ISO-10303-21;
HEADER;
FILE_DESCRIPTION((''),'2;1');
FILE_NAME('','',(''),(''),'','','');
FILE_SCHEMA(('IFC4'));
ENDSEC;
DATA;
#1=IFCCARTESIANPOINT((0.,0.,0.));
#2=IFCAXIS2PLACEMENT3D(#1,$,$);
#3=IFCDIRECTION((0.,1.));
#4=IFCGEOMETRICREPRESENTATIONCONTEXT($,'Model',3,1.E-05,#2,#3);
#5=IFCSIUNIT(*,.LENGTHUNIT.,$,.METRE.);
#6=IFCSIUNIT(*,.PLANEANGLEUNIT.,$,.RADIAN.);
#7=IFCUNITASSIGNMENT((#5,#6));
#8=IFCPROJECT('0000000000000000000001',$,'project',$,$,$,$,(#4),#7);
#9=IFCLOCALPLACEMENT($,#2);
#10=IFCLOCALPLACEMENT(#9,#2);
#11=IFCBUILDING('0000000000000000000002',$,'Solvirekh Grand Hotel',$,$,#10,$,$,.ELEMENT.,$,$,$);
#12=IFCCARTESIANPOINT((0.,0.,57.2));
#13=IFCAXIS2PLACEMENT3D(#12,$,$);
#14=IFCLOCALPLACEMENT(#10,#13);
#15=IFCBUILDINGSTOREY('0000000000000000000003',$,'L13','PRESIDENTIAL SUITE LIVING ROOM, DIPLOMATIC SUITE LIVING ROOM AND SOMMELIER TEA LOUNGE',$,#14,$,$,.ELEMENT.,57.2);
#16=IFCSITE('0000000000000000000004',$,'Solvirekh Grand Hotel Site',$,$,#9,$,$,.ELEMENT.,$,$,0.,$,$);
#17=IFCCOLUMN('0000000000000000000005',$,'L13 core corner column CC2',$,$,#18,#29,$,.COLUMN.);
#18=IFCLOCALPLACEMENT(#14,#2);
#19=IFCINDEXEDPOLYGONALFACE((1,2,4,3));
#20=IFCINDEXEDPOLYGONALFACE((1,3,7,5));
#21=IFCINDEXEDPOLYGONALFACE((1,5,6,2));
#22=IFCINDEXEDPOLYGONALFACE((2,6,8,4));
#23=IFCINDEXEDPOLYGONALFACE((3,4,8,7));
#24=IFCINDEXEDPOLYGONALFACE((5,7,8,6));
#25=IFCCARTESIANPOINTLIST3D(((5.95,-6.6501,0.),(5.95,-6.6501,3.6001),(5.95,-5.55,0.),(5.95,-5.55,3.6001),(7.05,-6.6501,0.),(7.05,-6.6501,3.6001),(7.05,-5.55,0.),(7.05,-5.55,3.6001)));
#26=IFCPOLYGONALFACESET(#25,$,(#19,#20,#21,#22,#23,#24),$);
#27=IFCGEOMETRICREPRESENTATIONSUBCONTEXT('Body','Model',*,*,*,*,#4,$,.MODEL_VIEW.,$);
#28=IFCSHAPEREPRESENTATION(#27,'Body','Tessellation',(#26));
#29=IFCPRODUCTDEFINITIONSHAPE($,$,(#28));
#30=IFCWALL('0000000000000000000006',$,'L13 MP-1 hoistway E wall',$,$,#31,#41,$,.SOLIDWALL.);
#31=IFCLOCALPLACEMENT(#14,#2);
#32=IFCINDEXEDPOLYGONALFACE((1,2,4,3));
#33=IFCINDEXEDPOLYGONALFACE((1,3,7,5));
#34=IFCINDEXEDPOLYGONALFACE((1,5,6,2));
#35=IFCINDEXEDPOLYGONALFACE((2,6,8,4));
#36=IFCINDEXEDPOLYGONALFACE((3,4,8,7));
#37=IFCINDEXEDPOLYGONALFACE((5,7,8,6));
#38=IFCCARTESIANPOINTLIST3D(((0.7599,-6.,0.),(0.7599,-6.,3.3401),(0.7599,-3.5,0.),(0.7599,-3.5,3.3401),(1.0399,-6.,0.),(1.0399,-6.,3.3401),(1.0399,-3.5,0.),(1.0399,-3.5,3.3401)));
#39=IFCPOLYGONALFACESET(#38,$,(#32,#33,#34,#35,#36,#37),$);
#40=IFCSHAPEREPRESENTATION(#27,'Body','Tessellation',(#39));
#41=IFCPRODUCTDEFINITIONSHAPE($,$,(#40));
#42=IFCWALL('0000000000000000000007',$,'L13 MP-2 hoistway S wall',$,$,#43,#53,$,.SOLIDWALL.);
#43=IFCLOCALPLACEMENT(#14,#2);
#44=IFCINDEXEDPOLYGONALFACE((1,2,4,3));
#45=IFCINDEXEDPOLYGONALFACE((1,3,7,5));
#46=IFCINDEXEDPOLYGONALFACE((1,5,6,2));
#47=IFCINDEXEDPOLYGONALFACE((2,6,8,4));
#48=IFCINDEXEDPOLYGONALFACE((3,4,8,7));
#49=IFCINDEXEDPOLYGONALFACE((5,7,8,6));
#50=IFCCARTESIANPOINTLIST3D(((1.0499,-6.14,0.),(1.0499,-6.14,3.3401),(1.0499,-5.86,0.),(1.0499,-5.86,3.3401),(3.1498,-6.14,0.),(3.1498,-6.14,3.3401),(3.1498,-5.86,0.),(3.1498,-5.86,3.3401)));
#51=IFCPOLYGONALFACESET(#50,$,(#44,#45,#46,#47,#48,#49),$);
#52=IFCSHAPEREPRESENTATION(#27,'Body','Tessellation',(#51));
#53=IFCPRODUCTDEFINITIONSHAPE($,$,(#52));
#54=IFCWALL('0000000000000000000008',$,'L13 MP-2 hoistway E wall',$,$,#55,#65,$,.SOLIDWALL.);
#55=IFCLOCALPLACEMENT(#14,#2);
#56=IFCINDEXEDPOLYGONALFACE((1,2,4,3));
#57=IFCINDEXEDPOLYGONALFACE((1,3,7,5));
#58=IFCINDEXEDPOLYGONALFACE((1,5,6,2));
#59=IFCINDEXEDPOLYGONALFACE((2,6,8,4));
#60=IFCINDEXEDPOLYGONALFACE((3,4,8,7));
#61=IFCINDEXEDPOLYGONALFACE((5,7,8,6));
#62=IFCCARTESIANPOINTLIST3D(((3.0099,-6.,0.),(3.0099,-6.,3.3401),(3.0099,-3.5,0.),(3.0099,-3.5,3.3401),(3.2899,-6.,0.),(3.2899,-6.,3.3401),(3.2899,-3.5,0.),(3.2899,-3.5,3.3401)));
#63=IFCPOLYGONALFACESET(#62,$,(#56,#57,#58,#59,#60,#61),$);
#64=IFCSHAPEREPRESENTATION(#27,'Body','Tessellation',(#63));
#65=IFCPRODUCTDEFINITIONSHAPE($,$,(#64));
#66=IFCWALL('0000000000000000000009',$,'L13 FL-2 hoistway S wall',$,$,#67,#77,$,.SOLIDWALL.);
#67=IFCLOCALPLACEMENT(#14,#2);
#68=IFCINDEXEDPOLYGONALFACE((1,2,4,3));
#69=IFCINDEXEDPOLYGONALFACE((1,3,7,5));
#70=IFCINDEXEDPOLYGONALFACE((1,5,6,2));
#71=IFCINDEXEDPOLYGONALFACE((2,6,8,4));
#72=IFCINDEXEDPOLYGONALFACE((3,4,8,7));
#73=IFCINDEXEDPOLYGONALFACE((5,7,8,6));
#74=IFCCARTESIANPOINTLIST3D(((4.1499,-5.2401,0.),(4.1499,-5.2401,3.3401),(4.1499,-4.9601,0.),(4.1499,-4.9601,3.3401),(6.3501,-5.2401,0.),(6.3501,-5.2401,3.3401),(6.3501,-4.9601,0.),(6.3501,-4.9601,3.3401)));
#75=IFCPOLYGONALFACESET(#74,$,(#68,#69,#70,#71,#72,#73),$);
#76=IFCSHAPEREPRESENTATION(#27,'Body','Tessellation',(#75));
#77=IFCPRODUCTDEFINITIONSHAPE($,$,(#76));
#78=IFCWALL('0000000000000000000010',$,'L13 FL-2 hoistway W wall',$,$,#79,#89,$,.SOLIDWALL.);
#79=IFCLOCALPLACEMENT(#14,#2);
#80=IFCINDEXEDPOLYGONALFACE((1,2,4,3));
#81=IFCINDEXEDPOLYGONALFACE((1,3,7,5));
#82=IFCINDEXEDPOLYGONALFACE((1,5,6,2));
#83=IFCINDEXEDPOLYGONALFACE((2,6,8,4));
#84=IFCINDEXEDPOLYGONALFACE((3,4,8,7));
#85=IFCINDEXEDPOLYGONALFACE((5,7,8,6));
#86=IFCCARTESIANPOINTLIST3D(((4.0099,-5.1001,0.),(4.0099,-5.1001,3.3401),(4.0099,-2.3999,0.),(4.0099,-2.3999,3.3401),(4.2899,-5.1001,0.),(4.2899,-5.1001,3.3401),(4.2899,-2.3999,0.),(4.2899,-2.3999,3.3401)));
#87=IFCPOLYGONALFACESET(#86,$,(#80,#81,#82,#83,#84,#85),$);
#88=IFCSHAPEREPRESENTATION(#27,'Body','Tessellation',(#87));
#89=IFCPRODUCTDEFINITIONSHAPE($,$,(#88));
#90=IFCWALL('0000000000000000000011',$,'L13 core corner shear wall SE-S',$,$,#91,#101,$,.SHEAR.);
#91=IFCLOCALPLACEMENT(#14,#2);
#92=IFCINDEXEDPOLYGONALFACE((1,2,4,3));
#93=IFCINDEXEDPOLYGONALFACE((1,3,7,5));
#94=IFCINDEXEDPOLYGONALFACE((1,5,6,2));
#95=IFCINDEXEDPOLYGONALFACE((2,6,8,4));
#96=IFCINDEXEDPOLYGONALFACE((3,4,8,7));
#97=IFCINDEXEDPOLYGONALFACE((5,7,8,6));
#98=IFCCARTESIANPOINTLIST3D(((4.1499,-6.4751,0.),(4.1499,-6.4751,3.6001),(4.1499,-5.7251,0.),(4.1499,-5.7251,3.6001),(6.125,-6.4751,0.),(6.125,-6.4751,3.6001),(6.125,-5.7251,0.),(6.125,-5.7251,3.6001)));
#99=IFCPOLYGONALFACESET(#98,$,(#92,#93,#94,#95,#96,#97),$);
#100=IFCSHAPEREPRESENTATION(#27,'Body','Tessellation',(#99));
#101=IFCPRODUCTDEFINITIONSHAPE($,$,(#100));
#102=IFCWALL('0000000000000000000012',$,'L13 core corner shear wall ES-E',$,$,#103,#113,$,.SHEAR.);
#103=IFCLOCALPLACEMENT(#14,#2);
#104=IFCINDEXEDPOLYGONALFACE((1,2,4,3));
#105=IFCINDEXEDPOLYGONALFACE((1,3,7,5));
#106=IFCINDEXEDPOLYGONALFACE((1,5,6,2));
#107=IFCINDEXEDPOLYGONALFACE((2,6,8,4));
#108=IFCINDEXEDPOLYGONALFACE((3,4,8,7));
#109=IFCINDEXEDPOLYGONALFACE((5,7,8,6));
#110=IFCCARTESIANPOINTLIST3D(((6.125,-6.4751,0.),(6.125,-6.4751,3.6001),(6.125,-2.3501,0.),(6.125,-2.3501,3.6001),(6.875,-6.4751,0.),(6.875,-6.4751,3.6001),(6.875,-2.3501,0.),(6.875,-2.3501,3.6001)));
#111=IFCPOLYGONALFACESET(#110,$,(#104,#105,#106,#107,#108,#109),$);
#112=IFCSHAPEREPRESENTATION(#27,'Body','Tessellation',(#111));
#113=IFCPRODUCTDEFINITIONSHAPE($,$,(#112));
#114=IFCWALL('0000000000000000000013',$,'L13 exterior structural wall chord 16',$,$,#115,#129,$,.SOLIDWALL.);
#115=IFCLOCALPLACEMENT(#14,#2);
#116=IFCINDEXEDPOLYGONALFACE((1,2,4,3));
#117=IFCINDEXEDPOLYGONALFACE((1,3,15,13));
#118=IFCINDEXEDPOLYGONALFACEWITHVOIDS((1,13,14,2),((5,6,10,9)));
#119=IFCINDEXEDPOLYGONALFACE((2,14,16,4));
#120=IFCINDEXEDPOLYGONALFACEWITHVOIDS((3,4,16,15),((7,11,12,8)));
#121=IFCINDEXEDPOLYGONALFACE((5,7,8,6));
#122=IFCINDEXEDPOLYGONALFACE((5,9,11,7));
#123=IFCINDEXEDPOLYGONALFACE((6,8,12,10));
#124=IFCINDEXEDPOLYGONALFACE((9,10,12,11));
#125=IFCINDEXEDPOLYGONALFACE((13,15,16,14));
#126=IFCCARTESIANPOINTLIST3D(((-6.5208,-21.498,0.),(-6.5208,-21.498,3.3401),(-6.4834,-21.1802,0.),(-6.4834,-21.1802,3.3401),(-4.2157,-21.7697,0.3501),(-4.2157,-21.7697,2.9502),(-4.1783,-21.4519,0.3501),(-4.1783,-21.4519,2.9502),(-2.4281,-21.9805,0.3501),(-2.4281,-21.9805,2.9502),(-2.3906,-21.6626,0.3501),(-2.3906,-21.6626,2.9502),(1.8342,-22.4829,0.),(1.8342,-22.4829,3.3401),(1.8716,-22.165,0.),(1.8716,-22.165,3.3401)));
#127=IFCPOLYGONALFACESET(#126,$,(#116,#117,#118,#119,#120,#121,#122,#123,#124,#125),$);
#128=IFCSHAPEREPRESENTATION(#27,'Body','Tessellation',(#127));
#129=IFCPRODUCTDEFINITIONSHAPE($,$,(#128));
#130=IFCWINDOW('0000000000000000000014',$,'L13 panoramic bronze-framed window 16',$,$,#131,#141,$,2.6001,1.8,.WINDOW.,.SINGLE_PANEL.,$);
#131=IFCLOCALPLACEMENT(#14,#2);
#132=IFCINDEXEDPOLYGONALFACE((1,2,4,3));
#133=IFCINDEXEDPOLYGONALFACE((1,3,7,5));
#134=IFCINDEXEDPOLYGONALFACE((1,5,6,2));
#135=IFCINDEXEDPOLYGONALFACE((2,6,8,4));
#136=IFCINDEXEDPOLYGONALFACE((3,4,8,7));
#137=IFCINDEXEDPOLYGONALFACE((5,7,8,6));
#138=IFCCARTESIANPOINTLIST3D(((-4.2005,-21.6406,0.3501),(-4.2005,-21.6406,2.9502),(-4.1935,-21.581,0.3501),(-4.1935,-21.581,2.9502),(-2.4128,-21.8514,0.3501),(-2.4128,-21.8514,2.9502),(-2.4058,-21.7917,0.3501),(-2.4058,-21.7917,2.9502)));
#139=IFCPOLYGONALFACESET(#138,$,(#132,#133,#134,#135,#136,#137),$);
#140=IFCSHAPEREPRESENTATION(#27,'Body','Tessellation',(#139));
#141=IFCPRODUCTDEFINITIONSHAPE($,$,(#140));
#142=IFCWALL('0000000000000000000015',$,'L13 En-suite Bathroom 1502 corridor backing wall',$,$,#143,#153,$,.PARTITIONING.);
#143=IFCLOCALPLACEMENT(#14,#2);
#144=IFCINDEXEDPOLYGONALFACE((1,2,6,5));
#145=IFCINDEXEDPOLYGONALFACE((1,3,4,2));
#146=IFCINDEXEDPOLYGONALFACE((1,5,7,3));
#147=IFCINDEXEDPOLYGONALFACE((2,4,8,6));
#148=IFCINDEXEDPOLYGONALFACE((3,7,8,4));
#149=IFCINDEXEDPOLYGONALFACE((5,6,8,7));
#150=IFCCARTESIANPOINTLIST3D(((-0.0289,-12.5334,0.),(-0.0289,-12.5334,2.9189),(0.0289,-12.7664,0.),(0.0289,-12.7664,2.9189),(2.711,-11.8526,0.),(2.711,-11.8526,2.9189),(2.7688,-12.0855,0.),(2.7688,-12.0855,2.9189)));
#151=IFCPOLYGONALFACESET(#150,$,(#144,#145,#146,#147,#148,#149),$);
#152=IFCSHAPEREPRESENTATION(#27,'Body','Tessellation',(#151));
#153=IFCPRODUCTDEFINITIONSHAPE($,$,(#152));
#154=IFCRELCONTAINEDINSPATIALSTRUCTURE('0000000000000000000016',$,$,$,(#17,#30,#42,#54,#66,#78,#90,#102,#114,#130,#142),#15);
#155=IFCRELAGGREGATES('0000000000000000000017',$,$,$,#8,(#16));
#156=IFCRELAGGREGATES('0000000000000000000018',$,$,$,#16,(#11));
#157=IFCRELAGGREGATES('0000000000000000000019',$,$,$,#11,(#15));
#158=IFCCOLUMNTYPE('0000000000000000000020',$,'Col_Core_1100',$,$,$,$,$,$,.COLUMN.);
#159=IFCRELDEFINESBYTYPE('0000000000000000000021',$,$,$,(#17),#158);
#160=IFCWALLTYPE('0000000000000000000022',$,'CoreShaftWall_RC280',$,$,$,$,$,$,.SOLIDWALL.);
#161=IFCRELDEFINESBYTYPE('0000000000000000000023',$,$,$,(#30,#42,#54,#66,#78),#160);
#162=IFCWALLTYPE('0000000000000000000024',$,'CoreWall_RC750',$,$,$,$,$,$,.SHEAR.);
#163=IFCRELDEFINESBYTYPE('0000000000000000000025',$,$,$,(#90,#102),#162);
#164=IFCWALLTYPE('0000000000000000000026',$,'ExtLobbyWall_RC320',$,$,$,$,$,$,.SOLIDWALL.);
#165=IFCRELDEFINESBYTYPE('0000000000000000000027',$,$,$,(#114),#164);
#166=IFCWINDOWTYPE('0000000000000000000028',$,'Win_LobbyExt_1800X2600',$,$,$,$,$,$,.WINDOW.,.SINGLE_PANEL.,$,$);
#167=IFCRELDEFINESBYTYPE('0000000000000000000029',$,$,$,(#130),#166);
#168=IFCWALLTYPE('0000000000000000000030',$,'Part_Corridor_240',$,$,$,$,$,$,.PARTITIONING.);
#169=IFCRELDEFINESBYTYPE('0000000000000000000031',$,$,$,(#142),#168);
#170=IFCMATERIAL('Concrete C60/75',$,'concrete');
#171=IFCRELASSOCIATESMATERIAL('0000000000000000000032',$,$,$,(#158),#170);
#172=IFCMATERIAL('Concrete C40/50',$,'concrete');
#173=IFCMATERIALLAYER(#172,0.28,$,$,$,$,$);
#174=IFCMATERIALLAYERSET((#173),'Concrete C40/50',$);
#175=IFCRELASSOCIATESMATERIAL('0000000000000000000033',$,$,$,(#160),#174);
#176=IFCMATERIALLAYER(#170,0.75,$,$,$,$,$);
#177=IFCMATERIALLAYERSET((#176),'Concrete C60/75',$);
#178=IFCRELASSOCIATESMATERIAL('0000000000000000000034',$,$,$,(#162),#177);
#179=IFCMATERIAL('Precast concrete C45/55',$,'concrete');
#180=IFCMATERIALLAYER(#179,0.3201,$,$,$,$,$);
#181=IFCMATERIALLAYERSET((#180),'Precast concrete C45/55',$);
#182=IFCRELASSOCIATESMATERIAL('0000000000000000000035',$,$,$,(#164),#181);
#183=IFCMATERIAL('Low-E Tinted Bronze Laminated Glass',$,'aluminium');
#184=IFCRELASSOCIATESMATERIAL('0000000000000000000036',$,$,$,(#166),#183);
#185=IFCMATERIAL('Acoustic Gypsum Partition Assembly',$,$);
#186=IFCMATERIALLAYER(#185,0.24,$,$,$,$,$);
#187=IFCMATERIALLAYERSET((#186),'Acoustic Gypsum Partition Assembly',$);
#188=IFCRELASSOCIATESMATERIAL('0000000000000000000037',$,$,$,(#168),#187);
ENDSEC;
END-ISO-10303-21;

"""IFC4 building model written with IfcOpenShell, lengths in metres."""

from ifc_helpers import new_model, si_unit, direction, frame, frame_2d, origin, origin_2d, place, context, subcontext, project, spatial, rectangle, extrude, material, layer, layer_set, material_profile, profile_set, type_object, element, fill, save


model = new_model("IFC4")

# Units and contexts
model_context = context("Model", 3, precision=1e-05, world=origin(), true_north=direction((0.0, 1.0)))
body_context = subcontext(model_context, "Body", "Model", "MODEL_VIEW")
ifc_project = project(units=[si_unit("LENGTHUNIT", "METRE"), si_unit("PLANEANGLEUNIT", "RADIAN")], contexts=[model_context])

# Site, building, storey
site_placement = place(None, origin())
site = spatial("IfcSite", under=ifc_project, at=site_placement, Name="Solvirekh Grand Hotel Site", CompositionType="ELEMENT", RefElevation=0.0)
building_placement = place(site_placement, origin())
building = spatial("IfcBuilding", under=site, at=building_placement, Name="Solvirekh Grand Hotel", CompositionType="ELEMENT")
storey_placement = place(building_placement, frame((0.0, 0.0, 57.2)))
storey = spatial("IfcBuildingStorey", under=building, at=storey_placement, Name="L13", Description="PRESIDENTIAL SUITE LIVING ROOM, DIPLOMATIC SUITE LIVING ROOM AND SOMMELIER TEA LOUNGE", CompositionType="ELEMENT", Elevation=57.2)

# Column
ifc_material_1 = material(Name="Concrete C60/75", Category="concrete")
ifc_material_profile = material_profile(ifc_material_1, rectangle(XDim=1.1001, YDim=1.1001, at=origin_2d()), Name="RC 1100X1100")
ifc_profile_set = profile_set([ifc_material_profile], Name="Concrete C60/75")
column_type = type_object("IfcColumnType", Name="Col_Core_1100", PredefinedType="COLUMN", material=ifc_profile_set)
column_placement = place(storey_placement, frame((6.5, -6.1001, 0.0), z_axis=(0.0, 0.0, 1.0), x_axis=(1.0, 0.0, 0.0)))
element("IfcColumn", 1, at=column_placement, inside=storey, type_object=column_type, Name="L13 core corner column CC2", PredefinedType="COLUMN", context=body_context, shape_type="SweptSolid", body=[
    extrude(rectangle(XDim=1.1001, YDim=1.1001, at=origin_2d()), origin(), (0.0, 0.0, 1.0), 3.6001),
])

# Walls
ifc_material_2 = material(Name="Concrete C40/50", Category="concrete")
ifc_layer_1 = layer(ifc_material_2, 0.28)
ifc_layer_set_1 = layer_set([ifc_layer_1], Name="Concrete C40/50")
wall_type_1 = type_object("IfcWallType", Name="CoreShaftWall_RC280", PredefinedType="SOLIDWALL", material=ifc_layer_set_1)
wall_1_placement = place(storey_placement, frame((0.8999, -6.0, 0.0), z_axis=(0.0, 0.0, 1.0), x_axis=(0.0, 1.0, 0.0)))
element("IfcWall", 2, at=wall_1_placement, inside=storey, type_object=wall_type_1, Name="L13 MP-1 hoistway E wall", PredefinedType="SOLIDWALL", context=body_context, shape_type="SweptSolid", body=[
    extrude(rectangle(XDim=2.5, YDim=0.28, at=frame_2d((1.25, 0.0))), origin(), (0.0, 0.0, 1.0), 3.3401),
])
wall_2_placement = place(storey_placement, frame((1.05, -6.0, 0.0), z_axis=(0.0, 0.0, 1.0), x_axis=(1.0, 0.0, 0.0)))
element("IfcWall", 3, at=wall_2_placement, inside=storey, type_object=wall_type_1, Name="L13 MP-2 hoistway S wall", PredefinedType="SOLIDWALL", context=body_context, shape_type="SweptSolid", body=[
    extrude(rectangle(XDim=2.0999, YDim=0.28, at=frame_2d((1.0498, 0.0))), origin(), (0.0, 0.0, 1.0), 3.3401),
])
wall_3_placement = place(storey_placement, frame((3.1499, -6.0, 0.0), z_axis=(0.0, 0.0, 1.0), x_axis=(0.0, 1.0, 0.0)))
element("IfcWall", 4, at=wall_3_placement, inside=storey, type_object=wall_type_1, Name="L13 MP-2 hoistway E wall", PredefinedType="SOLIDWALL", context=body_context, shape_type="SweptSolid", body=[
    extrude(rectangle(XDim=2.5, YDim=0.28, at=frame_2d((1.25, 0.0))), origin(), (0.0, 0.0, 1.0), 3.3401),
])
wall_4_placement = place(storey_placement, frame((4.1499, -5.1001, 0.0), z_axis=(0.0, 0.0, 1.0), x_axis=(1.0, 0.0, 0.0)))
element("IfcWall", 5, at=wall_4_placement, inside=storey, type_object=wall_type_1, Name="L13 FL-2 hoistway S wall", PredefinedType="SOLIDWALL", context=body_context, shape_type="SweptSolid", body=[
    extrude(rectangle(XDim=2.2002, YDim=0.28, at=frame_2d((1.1001, 0.0))), origin(), (0.0, 0.0, 1.0), 3.3401),
])
wall_5_placement = place(storey_placement, frame((4.1499, -2.3999, 0.0), z_axis=(0.0, 0.0, 1.0), x_axis=(0.0, -1.0, 0.0)))
element("IfcWall", 6, at=wall_5_placement, inside=storey, type_object=wall_type_1, Name="L13 FL-2 hoistway W wall", PredefinedType="SOLIDWALL", context=body_context, shape_type="SweptSolid", body=[
    extrude(rectangle(XDim=2.7002, YDim=0.28, at=frame_2d((1.3501, 0.0))), origin(), (0.0, 0.0, 1.0), 3.3401),
])
ifc_layer_2 = layer(ifc_material_1, 0.75)
ifc_layer_set_2 = layer_set([ifc_layer_2], Name="Concrete C60/75")
wall_type_2 = type_object("IfcWallType", Name="CoreWall_RC750", PredefinedType="SHEAR", material=ifc_layer_set_2)
wall_6_placement = place(storey_placement, frame((4.1499, -6.1001, 0.0), z_axis=(0.0, 0.0, 1.0), x_axis=(1.0, 0.0, 0.0)))
element("IfcWall", 7, at=wall_6_placement, inside=storey, type_object=wall_type_2, Name="L13 core corner shear wall SE-S", PredefinedType="SHEAR", context=body_context, shape_type="SweptSolid", body=[
    extrude(rectangle(XDim=1.9751, YDim=0.75, at=frame_2d((0.9875, 0.0))), origin(), (0.0, 0.0, 1.0), 3.6001),
])
wall_7_placement = place(storey_placement, frame((6.5, -6.4751, 0.0), z_axis=(0.0, 0.0, 1.0), x_axis=(0.0, 1.0, 0.0)))
element("IfcWall", 8, at=wall_7_placement, inside=storey, type_object=wall_type_2, Name="L13 core corner shear wall ES-E", PredefinedType="SHEAR", context=body_context, shape_type="SweptSolid", body=[
    extrude(rectangle(XDim=4.125, YDim=0.75, at=frame_2d((2.0625, 0.0))), origin(), (0.0, 0.0, 1.0), 3.6001),
])

# Wall, opening, window
ifc_material_3 = material(Name="Precast concrete C45/55", Category="concrete")
ifc_layer_3 = layer(ifc_material_3, 0.3201)
ifc_layer_set_3 = layer_set([ifc_layer_3], Name="Precast concrete C45/55")
wall_type_3 = type_object("IfcWallType", Name="ExtLobbyWall_RC320", PredefinedType="SOLIDWALL", material=ifc_layer_set_3)
wall_8_placement = place(storey_placement, frame((1.853, -22.324, 0.0), z_axis=(0.0, 0.0, 1.0), x_axis=(-0.993124, 0.117067, 0.0)))
wall_8 = element("IfcWall", 9, at=wall_8_placement, inside=storey, type_object=wall_type_3, Name="L13 exterior structural wall chord 16", PredefinedType="SOLIDWALL", context=body_context, shape_type="SweptSolid", body=[
    extrude(rectangle(XDim=8.4128, YDim=0.3201, at=frame_2d((4.2065, 0.0))), origin(), (0.0, 0.0, 1.0), 3.3401),
])
opening_1_placement = place(wall_8_placement, frame((4.292, 0.0, 0.3501)))
opening_1 = element("IfcOpeningElement", 10, at=opening_1_placement, cuts=wall_8, PredefinedType="OPENING", context=body_context, shape_type="SweptSolid", body=[
    extrude(rectangle(XDim=1.8, YDim=2.6001, at=frame_2d((0.8999, 1.3))), frame((0.0, 0.1699, 0.0), z_axis=(0.0, -1.0, 0.0), x_axis=(1.0, 0.0, 0.0)), (0.0, 0.0, 1.0), 0.3401),
])
ifc_material_4 = material(Name="Low-E Tinted Bronze Laminated Glass", Category="aluminium")
window_type = type_object("IfcWindowType", Name="Win_LobbyExt_1800X2600", PartitioningType="SINGLE_PANEL", PredefinedType="WINDOW", material=ifc_material_4)
window_placement = place(opening_1_placement, origin())
window = element("IfcWindow", 11, at=window_placement, inside=storey, type_object=window_type, Name="L13 panoramic bronze-framed window 16", OverallHeight=2.6001, OverallWidth=1.8, PartitioningType="SINGLE_PANEL", PredefinedType="WINDOW", context=body_context, shape_type="SweptSolid", body=[
    extrude(rectangle(XDim=1.8, YDim=2.6001, at=frame_2d((0.8999, 1.3))), frame((0.0, 0.03, 0.0), z_axis=(0.0, -1.0, 0.0), x_axis=(1.0, 0.0, 0.0)), (0.0, 0.0, 1.0), 0.0601),
])
fill(opening_1, window)

# Wall
ifc_material_5 = material(Name="Acoustic Gypsum Partition Assembly")
ifc_layer_4 = layer(ifc_material_5, 0.24)
ifc_layer_set_4 = layer_set([ifc_layer_4], Name="Acoustic Gypsum Partition Assembly")
wall_type_4 = type_object("IfcWallType", Name="Part_Corridor_240", PredefinedType="PARTITIONING", material=ifc_layer_set_4)
wall_9_placement = place(storey_placement, frame((0.0, -12.6499, 0.0), z_axis=(0.0, 0.0, 1.0), x_axis=(0.970482, 0.241172, 0.0)))
element("IfcWall", 12, at=wall_9_placement, inside=storey, type_object=wall_type_4, Name="L13 En-suite Bathroom 1502 corridor backing wall", PredefinedType="PARTITIONING", context=body_context, shape_type="SweptSolid", body=[
    extrude(rectangle(XDim=2.8232, YDim=0.24, at=frame_2d((1.4116, 0.0))), origin(), (0.0, 0.0, 1.0), 2.9189),
])

save(model, "model.ifc")
